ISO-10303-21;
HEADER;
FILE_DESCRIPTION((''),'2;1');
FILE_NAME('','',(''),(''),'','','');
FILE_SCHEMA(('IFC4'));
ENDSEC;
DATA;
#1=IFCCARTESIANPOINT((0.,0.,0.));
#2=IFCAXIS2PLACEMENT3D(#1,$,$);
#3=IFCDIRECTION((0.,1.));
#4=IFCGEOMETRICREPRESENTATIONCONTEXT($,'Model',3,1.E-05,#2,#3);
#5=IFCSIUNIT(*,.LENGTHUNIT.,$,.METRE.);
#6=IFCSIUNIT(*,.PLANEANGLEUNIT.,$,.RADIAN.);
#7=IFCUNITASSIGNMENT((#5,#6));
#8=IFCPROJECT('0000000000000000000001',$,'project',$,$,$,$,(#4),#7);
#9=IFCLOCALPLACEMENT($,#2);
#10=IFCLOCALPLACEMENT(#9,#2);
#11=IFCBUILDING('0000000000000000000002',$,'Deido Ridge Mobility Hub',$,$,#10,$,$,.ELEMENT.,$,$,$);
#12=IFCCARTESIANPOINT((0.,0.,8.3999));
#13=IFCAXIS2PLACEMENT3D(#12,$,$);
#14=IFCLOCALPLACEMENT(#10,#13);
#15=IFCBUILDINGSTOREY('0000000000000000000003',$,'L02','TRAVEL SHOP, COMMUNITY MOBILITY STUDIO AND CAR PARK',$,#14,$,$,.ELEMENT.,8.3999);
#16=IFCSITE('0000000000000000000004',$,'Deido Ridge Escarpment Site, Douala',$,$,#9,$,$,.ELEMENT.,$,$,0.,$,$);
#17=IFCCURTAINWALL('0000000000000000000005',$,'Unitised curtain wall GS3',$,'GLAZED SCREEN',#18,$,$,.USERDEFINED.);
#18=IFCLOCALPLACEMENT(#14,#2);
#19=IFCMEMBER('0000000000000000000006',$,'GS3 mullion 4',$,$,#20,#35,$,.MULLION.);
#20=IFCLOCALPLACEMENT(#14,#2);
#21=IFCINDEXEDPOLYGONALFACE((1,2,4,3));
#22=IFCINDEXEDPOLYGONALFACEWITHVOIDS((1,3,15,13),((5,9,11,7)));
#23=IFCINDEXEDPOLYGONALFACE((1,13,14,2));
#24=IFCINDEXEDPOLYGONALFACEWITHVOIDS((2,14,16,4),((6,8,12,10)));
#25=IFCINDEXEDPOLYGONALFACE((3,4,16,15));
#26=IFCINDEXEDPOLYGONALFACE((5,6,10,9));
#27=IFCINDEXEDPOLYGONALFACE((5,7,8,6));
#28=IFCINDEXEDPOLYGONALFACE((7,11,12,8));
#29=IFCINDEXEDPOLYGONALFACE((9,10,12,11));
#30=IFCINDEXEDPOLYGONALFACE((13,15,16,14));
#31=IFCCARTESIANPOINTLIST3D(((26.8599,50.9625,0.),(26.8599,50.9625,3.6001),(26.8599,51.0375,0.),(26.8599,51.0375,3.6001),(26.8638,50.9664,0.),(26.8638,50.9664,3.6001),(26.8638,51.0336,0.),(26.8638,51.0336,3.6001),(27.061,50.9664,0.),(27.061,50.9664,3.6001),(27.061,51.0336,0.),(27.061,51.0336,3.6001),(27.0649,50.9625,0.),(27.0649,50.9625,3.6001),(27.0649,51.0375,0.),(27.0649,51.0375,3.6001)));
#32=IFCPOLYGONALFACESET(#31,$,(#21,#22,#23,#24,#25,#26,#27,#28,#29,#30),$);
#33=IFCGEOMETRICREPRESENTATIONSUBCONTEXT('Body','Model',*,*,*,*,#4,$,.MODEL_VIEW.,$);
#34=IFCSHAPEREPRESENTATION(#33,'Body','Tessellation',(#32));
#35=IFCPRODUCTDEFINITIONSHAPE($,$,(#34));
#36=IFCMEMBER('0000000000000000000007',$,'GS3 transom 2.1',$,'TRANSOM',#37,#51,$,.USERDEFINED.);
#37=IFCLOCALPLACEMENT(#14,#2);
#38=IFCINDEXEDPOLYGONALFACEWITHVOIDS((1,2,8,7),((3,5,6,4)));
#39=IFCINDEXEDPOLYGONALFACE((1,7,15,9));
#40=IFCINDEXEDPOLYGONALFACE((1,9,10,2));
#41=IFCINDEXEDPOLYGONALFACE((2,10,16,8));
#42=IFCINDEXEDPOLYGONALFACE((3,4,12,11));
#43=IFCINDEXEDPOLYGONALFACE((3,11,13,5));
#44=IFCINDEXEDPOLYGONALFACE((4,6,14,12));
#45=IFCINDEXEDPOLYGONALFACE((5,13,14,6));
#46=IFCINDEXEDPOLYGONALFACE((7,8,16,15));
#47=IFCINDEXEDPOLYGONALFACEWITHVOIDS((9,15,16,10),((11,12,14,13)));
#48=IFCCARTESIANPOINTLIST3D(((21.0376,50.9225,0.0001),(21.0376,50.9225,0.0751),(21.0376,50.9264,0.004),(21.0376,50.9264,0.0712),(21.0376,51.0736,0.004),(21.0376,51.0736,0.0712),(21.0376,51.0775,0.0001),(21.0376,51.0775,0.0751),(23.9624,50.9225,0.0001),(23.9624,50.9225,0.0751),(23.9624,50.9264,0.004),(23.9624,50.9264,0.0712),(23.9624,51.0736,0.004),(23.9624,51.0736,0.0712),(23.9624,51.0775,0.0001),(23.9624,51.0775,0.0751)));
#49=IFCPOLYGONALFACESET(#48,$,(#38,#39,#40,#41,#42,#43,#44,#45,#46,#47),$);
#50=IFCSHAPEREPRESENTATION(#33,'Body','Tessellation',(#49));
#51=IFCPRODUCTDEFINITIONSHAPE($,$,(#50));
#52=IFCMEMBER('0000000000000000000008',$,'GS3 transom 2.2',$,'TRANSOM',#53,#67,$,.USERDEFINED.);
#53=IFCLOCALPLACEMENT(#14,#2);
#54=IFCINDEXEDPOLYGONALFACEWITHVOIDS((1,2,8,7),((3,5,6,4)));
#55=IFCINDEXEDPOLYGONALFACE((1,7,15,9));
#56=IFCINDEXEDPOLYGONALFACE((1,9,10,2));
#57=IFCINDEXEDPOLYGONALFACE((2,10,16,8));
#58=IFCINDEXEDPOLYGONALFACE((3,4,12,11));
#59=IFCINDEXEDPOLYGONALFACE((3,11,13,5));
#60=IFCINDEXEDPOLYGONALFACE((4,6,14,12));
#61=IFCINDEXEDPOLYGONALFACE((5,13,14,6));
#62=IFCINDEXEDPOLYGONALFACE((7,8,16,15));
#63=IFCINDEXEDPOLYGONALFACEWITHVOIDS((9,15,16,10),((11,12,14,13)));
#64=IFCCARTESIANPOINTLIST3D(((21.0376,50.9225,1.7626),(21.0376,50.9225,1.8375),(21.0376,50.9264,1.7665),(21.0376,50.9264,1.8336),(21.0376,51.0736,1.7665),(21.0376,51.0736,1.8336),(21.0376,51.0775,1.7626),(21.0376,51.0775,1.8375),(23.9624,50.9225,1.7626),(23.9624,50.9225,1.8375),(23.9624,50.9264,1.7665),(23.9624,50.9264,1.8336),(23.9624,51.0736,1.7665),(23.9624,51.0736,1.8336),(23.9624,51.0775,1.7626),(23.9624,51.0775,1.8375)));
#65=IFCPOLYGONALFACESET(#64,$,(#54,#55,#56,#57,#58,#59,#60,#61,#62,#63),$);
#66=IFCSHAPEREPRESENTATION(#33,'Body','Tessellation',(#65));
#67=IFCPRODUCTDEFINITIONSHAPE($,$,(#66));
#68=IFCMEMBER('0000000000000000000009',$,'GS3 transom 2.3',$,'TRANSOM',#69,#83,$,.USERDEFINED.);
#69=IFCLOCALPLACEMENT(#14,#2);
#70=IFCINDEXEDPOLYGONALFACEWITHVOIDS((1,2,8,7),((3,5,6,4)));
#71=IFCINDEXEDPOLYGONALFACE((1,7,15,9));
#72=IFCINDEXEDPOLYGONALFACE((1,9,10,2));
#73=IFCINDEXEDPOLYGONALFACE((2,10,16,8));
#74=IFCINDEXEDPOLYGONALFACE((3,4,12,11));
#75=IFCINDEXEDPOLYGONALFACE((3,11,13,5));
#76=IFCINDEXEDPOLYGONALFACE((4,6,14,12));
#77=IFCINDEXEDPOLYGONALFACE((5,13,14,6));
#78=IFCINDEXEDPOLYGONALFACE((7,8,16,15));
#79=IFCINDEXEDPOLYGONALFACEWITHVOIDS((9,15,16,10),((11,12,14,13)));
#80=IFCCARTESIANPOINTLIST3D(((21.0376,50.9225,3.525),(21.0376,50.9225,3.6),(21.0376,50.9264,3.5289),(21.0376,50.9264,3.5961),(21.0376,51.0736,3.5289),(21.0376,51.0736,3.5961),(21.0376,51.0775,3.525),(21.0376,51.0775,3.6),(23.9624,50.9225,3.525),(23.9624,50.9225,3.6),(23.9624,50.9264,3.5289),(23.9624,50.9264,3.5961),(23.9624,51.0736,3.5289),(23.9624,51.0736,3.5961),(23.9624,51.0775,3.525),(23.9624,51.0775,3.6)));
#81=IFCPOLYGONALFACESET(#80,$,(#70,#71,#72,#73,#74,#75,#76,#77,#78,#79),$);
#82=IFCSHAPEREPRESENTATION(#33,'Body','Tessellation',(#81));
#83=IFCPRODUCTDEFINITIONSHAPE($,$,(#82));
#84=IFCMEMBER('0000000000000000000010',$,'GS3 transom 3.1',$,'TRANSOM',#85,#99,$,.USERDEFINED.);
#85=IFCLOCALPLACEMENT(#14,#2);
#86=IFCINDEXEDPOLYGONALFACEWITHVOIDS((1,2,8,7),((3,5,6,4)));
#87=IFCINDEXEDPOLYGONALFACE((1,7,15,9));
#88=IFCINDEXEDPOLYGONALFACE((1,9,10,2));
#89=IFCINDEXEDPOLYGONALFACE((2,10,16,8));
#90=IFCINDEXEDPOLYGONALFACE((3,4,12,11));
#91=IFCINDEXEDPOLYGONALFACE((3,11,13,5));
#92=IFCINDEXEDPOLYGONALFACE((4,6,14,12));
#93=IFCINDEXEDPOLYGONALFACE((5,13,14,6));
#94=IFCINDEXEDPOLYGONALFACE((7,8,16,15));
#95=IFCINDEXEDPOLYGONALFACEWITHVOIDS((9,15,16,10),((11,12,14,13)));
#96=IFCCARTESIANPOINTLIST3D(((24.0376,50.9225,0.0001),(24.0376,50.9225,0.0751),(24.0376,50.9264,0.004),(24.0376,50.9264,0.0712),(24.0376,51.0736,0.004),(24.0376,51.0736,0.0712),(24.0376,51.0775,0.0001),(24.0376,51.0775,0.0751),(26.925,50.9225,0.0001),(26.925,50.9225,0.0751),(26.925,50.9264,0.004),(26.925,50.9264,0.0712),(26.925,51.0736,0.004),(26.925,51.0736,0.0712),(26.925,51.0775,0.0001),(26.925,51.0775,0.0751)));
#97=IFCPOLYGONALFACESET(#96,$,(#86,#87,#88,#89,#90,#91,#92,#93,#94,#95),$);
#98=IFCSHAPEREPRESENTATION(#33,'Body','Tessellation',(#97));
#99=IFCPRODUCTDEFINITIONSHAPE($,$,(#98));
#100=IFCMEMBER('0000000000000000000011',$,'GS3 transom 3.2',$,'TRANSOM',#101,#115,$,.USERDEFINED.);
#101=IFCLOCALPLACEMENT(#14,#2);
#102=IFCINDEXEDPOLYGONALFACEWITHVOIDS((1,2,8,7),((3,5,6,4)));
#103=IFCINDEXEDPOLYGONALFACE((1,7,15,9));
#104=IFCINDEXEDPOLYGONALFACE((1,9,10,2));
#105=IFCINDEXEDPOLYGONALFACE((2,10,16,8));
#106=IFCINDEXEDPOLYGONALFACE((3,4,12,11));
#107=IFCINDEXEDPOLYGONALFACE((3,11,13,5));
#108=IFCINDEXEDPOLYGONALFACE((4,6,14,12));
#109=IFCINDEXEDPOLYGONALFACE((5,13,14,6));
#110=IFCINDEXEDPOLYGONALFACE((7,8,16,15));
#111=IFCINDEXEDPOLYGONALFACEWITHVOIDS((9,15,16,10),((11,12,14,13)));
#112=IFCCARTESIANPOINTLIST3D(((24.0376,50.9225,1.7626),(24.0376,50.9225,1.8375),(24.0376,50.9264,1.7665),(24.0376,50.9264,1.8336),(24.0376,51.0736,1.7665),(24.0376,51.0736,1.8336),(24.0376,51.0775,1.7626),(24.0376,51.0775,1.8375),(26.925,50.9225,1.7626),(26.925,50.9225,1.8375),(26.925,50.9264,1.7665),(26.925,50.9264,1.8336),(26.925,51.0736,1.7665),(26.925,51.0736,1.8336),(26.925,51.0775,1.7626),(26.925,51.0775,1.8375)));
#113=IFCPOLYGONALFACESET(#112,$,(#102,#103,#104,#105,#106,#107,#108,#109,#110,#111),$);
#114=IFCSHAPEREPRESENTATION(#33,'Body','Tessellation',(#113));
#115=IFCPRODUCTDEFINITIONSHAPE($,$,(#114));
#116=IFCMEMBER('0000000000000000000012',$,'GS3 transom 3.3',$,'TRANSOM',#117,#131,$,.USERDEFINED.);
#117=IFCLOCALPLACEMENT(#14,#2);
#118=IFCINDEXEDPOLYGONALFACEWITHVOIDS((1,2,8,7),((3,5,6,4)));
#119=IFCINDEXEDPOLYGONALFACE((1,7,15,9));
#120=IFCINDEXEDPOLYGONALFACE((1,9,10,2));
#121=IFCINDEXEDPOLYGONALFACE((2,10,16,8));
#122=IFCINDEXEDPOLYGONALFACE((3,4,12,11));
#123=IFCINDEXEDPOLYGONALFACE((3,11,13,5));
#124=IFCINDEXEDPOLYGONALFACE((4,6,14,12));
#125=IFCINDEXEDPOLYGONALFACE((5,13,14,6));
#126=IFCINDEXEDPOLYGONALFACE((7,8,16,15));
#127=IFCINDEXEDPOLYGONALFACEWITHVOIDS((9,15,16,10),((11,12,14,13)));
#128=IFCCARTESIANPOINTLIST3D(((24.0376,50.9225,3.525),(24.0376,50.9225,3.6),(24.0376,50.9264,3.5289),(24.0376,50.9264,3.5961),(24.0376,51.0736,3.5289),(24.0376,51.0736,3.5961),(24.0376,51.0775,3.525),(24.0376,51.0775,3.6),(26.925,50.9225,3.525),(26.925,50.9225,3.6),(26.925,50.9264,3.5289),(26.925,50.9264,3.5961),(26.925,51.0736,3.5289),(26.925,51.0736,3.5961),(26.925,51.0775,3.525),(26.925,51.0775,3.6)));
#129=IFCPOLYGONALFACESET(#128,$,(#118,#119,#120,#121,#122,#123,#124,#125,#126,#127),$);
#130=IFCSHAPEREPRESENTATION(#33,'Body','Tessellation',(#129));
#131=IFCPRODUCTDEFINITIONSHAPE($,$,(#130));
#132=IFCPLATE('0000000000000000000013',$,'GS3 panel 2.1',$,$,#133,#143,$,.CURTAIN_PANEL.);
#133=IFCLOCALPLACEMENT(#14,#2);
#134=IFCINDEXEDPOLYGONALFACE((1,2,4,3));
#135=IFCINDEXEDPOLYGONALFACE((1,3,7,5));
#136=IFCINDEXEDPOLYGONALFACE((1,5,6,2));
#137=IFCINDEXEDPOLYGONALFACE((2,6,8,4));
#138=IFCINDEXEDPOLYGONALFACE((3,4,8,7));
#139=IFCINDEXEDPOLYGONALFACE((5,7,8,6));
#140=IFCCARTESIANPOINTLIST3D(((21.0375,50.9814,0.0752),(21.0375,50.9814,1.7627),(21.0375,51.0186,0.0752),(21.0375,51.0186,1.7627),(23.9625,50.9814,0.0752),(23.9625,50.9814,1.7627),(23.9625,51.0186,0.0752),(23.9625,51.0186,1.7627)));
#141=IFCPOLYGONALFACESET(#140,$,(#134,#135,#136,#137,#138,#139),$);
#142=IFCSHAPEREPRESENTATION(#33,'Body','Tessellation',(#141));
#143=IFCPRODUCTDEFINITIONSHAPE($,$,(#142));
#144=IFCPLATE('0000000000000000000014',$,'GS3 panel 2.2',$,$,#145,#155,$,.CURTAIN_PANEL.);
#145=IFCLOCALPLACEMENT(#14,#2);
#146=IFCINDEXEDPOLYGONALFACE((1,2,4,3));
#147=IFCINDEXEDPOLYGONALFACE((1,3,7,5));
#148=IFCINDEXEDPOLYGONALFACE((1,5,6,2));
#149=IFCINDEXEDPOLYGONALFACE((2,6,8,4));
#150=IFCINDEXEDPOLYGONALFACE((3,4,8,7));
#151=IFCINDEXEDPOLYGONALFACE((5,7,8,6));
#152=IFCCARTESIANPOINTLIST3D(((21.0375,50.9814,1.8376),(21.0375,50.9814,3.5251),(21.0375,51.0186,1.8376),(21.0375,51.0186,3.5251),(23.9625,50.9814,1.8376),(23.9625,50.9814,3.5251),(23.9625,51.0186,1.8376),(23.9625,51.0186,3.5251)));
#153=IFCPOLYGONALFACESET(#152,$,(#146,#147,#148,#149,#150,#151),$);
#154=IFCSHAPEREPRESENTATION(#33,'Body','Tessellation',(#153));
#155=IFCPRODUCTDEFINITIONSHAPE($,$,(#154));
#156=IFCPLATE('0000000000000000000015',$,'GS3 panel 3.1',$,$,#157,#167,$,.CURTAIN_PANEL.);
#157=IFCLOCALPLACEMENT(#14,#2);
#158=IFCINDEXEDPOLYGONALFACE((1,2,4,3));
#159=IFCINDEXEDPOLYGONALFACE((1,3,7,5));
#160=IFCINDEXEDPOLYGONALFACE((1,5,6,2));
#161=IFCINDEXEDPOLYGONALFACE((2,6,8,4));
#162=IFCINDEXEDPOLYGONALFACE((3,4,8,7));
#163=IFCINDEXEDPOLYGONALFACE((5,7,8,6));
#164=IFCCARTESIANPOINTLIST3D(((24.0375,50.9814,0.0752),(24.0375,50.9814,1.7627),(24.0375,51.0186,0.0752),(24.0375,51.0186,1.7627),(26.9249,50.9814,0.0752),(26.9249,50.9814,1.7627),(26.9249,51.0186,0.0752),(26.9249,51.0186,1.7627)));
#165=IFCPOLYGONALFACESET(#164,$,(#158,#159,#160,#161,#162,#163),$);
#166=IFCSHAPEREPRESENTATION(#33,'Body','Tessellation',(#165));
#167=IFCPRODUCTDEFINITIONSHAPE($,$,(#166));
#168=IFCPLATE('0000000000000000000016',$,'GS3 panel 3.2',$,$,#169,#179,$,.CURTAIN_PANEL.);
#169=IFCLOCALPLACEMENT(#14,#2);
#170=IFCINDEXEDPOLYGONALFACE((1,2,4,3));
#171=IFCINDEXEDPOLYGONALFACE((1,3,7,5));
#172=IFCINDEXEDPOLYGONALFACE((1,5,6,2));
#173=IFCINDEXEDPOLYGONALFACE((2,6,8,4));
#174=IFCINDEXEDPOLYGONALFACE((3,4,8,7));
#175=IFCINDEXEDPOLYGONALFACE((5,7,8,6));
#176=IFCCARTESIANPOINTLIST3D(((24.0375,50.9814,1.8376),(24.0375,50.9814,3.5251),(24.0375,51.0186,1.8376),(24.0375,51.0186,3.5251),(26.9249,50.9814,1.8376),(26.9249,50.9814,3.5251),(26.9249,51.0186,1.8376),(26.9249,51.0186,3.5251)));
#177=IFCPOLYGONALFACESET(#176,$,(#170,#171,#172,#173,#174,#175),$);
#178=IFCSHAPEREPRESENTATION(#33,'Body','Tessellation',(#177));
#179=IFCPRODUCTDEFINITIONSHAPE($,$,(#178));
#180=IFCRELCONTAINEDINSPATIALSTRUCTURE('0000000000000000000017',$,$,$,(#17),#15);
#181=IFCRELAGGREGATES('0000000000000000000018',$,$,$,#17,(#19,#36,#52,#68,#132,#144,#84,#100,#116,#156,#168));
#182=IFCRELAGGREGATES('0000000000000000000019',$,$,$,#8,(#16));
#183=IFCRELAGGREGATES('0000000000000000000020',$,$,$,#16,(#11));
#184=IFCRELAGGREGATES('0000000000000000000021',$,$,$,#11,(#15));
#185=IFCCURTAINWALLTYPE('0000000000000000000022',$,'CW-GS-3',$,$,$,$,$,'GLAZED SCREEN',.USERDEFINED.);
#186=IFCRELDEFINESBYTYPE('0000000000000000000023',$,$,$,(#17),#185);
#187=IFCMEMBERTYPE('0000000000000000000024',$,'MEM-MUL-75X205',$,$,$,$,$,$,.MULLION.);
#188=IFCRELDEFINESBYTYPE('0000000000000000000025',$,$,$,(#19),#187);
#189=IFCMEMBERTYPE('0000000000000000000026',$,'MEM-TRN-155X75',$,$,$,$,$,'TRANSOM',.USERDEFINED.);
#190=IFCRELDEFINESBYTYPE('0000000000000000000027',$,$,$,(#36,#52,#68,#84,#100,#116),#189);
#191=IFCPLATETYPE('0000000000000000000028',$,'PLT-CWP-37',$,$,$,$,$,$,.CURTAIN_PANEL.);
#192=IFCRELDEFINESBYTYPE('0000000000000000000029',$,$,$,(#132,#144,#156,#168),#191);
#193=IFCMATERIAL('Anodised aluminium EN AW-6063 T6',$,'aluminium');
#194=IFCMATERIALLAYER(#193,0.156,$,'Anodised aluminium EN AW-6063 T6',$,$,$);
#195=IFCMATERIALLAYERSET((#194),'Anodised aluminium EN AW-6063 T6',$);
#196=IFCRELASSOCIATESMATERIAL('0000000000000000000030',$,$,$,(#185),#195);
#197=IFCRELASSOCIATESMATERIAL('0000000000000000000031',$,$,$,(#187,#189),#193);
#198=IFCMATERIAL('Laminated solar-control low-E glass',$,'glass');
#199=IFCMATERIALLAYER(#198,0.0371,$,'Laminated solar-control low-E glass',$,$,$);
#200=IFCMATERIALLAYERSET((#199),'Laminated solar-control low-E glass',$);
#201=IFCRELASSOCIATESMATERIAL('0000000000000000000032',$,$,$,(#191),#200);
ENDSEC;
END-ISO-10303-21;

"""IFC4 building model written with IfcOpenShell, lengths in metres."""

from ifc_helpers import new_model, si_unit, direction, frame, origin, origin_2d, place, context, subcontext, project, spatial, rectangle, hollow_rectangle, extrude, material, layer, layer_set, material_profile, profile_set, type_object, element, aggregate, save


model = new_model("IFC4")

# Units and contexts
model_context = context("Model", 3, precision=1e-05, world=origin(), true_north=direction((0.0, 1.0)))
body_context = subcontext(model_context, "Body", "Model", "MODEL_VIEW")
ifc_project = project(units=[si_unit("LENGTHUNIT", "METRE"), si_unit("PLANEANGLEUNIT", "RADIAN")], contexts=[model_context])

# Site, building, storey
site_placement = place(None, origin())
site = spatial("IfcSite", under=ifc_project, at=site_placement, Name="Deido Ridge Escarpment Site, Douala", CompositionType="ELEMENT", RefElevation=0.0)
building_placement = place(site_placement, origin())
building = spatial("IfcBuilding", under=site, at=building_placement, Name="Deido Ridge Mobility Hub", CompositionType="ELEMENT")
storey_placement = place(building_placement, frame((0.0, 0.0, 8.3999)))
storey = spatial("IfcBuildingStorey", under=building, at=storey_placement, Name="L02", Description="TRAVEL SHOP, COMMUNITY MOBILITY STUDIO AND CAR PARK", CompositionType="ELEMENT", Elevation=8.3999)

# Curtain wall, members, plates
ifc_material_1 = material(Name="Anodised aluminium EN AW-6063 T6", Category="aluminium")
ifc_layer_1 = layer(ifc_material_1, 0.156, Name="Anodised aluminium EN AW-6063 T6")
ifc_layer_set_1 = layer_set([ifc_layer_1], Name="Anodised aluminium EN AW-6063 T6")
curtain_wall_type = type_object("IfcCurtainWallType", Name="CW-GS-3", ElementType="GLAZED SCREEN", PredefinedType="USERDEFINED", material=ifc_layer_set_1)
curtain_wall_placement = place(storey_placement, origin())
curtain_wall = element("IfcCurtainWall", 1, at=curtain_wall_placement, inside=storey, type_object=curtain_wall_type, Name="Unitised curtain wall GS3", ObjectType="GLAZED SCREEN", PredefinedType="USERDEFINED")
ifc_material_profile_1 = material_profile(ifc_material_1, hollow_rectangle(XDim=0.075, YDim=0.2051, WallThickness=0.0039, at=origin_2d()), Name="RHS 75x205x4")
ifc_profile_set_1 = profile_set([ifc_material_profile_1], Name="Anodised aluminium EN AW-6063 T6")
member_type_1 = type_object("IfcMemberType", Name="MEM-MUL-75X205", PredefinedType="MULLION", material=ifc_profile_set_1)
member_1_placement = place(storey_placement, frame((26.9624, 51.0, 0.0), z_axis=(0.0, 0.0, 1.0), x_axis=(0.0, 1.0, 0.0)))
member_1 = element("IfcMember", 2, at=member_1_placement, type_object=member_type_1, Name="GS3 mullion 4", PredefinedType="MULLION", context=body_context, shape_type="SweptSolid", body=[
    extrude(hollow_rectangle(XDim=0.075, YDim=0.2051, WallThickness=0.0039, at=origin_2d()), origin(), (0.0, 0.0, 1.0), 3.6001),
])
ifc_material_profile_2 = material_profile(ifc_material_1, hollow_rectangle(XDim=0.155, YDim=0.075, WallThickness=0.0039, at=origin_2d()), Name="RHS 155x75x4")
ifc_profile_set_2 = profile_set([ifc_material_profile_2], Name="Anodised aluminium EN AW-6063 T6")
member_type_2 = type_object("IfcMemberType", Name="MEM-TRN-155X75", ElementType="TRANSOM", PredefinedType="USERDEFINED", material=ifc_profile_set_2)
member_2_placement = place(storey_placement, frame((21.0376, 51.0, 0.0376), z_axis=(1.0, 0.0, 0.0), x_axis=(0.0, 1.0, 0.0)))
member_2 = element("IfcMember", 3, at=member_2_placement, type_object=member_type_2, Name="GS3 transom 2.1", ObjectType="TRANSOM", PredefinedType="USERDEFINED", context=body_context, shape_type="SweptSolid", body=[
    extrude(hollow_rectangle(XDim=0.155, YDim=0.075, WallThickness=0.0039, at=origin_2d()), origin(), (0.0, 0.0, 1.0), 2.9248),
])
member_3_placement = place(storey_placement, frame((21.0376, 51.0, 1.8), z_axis=(1.0, 0.0, 0.0), x_axis=(0.0, 1.0, 0.0)))
member_3 = element("IfcMember", 4, at=member_3_placement, type_object=member_type_2, Name="GS3 transom 2.2", ObjectType="TRANSOM", PredefinedType="USERDEFINED", context=body_context, shape_type="SweptSolid", body=[
    extrude(hollow_rectangle(XDim=0.155, YDim=0.075, WallThickness=0.0039, at=origin_2d()), origin(), (0.0, 0.0, 1.0), 2.9248),
])
member_4_placement = place(storey_placement, frame((21.0376, 51.0, 3.5625), z_axis=(1.0, 0.0, 0.0), x_axis=(0.0, 1.0, 0.0)))
member_4 = element("IfcMember", 5, at=member_4_placement, type_object=member_type_2, Name="GS3 transom 2.3", ObjectType="TRANSOM", PredefinedType="USERDEFINED", context=body_context, shape_type="SweptSolid", body=[
    extrude(hollow_rectangle(XDim=0.155, YDim=0.075, WallThickness=0.0039, at=origin_2d()), origin(), (0.0, 0.0, 1.0), 2.9248),
])
member_5_placement = place(storey_placement, frame((24.0376, 51.0, 0.0376), z_axis=(1.0, 0.0, 0.0), x_axis=(0.0, 1.0, 0.0)))
member_5 = element("IfcMember", 6, at=member_5_placement, type_object=member_type_2, Name="GS3 transom 3.1", ObjectType="TRANSOM", PredefinedType="USERDEFINED", context=body_context, shape_type="SweptSolid", body=[
    extrude(hollow_rectangle(XDim=0.155, YDim=0.075, WallThickness=0.0039, at=origin_2d()), origin(), (0.0, 0.0, 1.0), 2.8875),
])
member_6_placement = place(storey_placement, frame((24.0376, 51.0, 1.8), z_axis=(1.0, 0.0, 0.0), x_axis=(0.0, 1.0, 0.0)))
member_6 = element("IfcMember", 7, at=member_6_placement, type_object=member_type_2, Name="GS3 transom 3.2", ObjectType="TRANSOM", PredefinedType="USERDEFINED", context=body_context, shape_type="SweptSolid", body=[
    extrude(hollow_rectangle(XDim=0.155, YDim=0.075, WallThickness=0.0039, at=origin_2d()), origin(), (0.0, 0.0, 1.0), 2.8875),
])
member_7_placement = place(storey_placement, frame((24.0376, 51.0, 3.5625), z_axis=(1.0, 0.0, 0.0), x_axis=(0.0, 1.0, 0.0)))
member_7 = element("IfcMember", 8, at=member_7_placement, type_object=member_type_2, Name="GS3 transom 3.3", ObjectType="TRANSOM", PredefinedType="USERDEFINED", context=body_context, shape_type="SweptSolid", body=[
    extrude(hollow_rectangle(XDim=0.155, YDim=0.075, WallThickness=0.0039, at=origin_2d()), origin(), (0.0, 0.0, 1.0), 2.8875),
])
ifc_material_2 = material(Name="Laminated solar-control low-E glass", Category="glass")
ifc_layer_2 = layer(ifc_material_2, 0.0371, Name="Laminated solar-control low-E glass")
ifc_layer_set_2 = layer_set([ifc_layer_2], Name="Laminated solar-control low-E glass")
plate_type = type_object("IfcPlateType", Name="PLT-CWP-37", PredefinedType="CURTAIN_PANEL", material=ifc_layer_set_2)
plate_1_placement = place(storey_placement, frame((22.5, 51.0, 0.0752), z_axis=(0.0, 0.0, 1.0), x_axis=(1.0, 0.0, 0.0)))
plate_1 = element("IfcPlate", 9, at=plate_1_placement, type_object=plate_type, Name="GS3 panel 2.1", PredefinedType="CURTAIN_PANEL", context=body_context, shape_type="SweptSolid", body=[
    extrude(rectangle(XDim=2.925, YDim=0.0371, at=origin_2d()), origin(), (0.0, 0.0, 1.0), 1.6875),
])
plate_2_placement = place(storey_placement, frame((22.5, 51.0, 1.8376), z_axis=(0.0, 0.0, 1.0), x_axis=(1.0, 0.0, 0.0)))
plate_2 = element("IfcPlate", 10, at=plate_2_placement, type_object=plate_type, Name="GS3 panel 2.2", PredefinedType="CURTAIN_PANEL", context=body_context, shape_type="SweptSolid", body=[
    extrude(rectangle(XDim=2.925, YDim=0.0371, at=origin_2d()), origin(), (0.0, 0.0, 1.0), 1.6875),
])
plate_3_placement = place(storey_placement, frame((25.4812, 51.0, 0.0752), z_axis=(0.0, 0.0, 1.0), x_axis=(1.0, 0.0, 0.0)))
plate_3 = element("IfcPlate", 11, at=plate_3_placement, type_object=plate_type, Name="GS3 panel 3.1", PredefinedType="CURTAIN_PANEL", context=body_context, shape_type="SweptSolid", body=[
    extrude(rectangle(XDim=2.8875, YDim=0.0371, at=origin_2d()), origin(), (0.0, 0.0, 1.0), 1.6875),
])
plate_4_placement = place(storey_placement, frame((25.4812, 51.0, 1.8376), z_axis=(0.0, 0.0, 1.0), x_axis=(1.0, 0.0, 0.0)))
plate_4 = element("IfcPlate", 12, at=plate_4_placement, type_object=plate_type, Name="GS3 panel 3.2", PredefinedType="CURTAIN_PANEL", context=body_context, shape_type="SweptSolid", body=[
    extrude(rectangle(XDim=2.8875, YDim=0.0371, at=origin_2d()), origin(), (0.0, 0.0, 1.0), 1.6875),
])
aggregate(curtain_wall, [member_1, member_2, member_3, member_4, plate_1, plate_2, member_5, member_6, member_7, plate_3, plate_4])

save(model, "model.ifc")
